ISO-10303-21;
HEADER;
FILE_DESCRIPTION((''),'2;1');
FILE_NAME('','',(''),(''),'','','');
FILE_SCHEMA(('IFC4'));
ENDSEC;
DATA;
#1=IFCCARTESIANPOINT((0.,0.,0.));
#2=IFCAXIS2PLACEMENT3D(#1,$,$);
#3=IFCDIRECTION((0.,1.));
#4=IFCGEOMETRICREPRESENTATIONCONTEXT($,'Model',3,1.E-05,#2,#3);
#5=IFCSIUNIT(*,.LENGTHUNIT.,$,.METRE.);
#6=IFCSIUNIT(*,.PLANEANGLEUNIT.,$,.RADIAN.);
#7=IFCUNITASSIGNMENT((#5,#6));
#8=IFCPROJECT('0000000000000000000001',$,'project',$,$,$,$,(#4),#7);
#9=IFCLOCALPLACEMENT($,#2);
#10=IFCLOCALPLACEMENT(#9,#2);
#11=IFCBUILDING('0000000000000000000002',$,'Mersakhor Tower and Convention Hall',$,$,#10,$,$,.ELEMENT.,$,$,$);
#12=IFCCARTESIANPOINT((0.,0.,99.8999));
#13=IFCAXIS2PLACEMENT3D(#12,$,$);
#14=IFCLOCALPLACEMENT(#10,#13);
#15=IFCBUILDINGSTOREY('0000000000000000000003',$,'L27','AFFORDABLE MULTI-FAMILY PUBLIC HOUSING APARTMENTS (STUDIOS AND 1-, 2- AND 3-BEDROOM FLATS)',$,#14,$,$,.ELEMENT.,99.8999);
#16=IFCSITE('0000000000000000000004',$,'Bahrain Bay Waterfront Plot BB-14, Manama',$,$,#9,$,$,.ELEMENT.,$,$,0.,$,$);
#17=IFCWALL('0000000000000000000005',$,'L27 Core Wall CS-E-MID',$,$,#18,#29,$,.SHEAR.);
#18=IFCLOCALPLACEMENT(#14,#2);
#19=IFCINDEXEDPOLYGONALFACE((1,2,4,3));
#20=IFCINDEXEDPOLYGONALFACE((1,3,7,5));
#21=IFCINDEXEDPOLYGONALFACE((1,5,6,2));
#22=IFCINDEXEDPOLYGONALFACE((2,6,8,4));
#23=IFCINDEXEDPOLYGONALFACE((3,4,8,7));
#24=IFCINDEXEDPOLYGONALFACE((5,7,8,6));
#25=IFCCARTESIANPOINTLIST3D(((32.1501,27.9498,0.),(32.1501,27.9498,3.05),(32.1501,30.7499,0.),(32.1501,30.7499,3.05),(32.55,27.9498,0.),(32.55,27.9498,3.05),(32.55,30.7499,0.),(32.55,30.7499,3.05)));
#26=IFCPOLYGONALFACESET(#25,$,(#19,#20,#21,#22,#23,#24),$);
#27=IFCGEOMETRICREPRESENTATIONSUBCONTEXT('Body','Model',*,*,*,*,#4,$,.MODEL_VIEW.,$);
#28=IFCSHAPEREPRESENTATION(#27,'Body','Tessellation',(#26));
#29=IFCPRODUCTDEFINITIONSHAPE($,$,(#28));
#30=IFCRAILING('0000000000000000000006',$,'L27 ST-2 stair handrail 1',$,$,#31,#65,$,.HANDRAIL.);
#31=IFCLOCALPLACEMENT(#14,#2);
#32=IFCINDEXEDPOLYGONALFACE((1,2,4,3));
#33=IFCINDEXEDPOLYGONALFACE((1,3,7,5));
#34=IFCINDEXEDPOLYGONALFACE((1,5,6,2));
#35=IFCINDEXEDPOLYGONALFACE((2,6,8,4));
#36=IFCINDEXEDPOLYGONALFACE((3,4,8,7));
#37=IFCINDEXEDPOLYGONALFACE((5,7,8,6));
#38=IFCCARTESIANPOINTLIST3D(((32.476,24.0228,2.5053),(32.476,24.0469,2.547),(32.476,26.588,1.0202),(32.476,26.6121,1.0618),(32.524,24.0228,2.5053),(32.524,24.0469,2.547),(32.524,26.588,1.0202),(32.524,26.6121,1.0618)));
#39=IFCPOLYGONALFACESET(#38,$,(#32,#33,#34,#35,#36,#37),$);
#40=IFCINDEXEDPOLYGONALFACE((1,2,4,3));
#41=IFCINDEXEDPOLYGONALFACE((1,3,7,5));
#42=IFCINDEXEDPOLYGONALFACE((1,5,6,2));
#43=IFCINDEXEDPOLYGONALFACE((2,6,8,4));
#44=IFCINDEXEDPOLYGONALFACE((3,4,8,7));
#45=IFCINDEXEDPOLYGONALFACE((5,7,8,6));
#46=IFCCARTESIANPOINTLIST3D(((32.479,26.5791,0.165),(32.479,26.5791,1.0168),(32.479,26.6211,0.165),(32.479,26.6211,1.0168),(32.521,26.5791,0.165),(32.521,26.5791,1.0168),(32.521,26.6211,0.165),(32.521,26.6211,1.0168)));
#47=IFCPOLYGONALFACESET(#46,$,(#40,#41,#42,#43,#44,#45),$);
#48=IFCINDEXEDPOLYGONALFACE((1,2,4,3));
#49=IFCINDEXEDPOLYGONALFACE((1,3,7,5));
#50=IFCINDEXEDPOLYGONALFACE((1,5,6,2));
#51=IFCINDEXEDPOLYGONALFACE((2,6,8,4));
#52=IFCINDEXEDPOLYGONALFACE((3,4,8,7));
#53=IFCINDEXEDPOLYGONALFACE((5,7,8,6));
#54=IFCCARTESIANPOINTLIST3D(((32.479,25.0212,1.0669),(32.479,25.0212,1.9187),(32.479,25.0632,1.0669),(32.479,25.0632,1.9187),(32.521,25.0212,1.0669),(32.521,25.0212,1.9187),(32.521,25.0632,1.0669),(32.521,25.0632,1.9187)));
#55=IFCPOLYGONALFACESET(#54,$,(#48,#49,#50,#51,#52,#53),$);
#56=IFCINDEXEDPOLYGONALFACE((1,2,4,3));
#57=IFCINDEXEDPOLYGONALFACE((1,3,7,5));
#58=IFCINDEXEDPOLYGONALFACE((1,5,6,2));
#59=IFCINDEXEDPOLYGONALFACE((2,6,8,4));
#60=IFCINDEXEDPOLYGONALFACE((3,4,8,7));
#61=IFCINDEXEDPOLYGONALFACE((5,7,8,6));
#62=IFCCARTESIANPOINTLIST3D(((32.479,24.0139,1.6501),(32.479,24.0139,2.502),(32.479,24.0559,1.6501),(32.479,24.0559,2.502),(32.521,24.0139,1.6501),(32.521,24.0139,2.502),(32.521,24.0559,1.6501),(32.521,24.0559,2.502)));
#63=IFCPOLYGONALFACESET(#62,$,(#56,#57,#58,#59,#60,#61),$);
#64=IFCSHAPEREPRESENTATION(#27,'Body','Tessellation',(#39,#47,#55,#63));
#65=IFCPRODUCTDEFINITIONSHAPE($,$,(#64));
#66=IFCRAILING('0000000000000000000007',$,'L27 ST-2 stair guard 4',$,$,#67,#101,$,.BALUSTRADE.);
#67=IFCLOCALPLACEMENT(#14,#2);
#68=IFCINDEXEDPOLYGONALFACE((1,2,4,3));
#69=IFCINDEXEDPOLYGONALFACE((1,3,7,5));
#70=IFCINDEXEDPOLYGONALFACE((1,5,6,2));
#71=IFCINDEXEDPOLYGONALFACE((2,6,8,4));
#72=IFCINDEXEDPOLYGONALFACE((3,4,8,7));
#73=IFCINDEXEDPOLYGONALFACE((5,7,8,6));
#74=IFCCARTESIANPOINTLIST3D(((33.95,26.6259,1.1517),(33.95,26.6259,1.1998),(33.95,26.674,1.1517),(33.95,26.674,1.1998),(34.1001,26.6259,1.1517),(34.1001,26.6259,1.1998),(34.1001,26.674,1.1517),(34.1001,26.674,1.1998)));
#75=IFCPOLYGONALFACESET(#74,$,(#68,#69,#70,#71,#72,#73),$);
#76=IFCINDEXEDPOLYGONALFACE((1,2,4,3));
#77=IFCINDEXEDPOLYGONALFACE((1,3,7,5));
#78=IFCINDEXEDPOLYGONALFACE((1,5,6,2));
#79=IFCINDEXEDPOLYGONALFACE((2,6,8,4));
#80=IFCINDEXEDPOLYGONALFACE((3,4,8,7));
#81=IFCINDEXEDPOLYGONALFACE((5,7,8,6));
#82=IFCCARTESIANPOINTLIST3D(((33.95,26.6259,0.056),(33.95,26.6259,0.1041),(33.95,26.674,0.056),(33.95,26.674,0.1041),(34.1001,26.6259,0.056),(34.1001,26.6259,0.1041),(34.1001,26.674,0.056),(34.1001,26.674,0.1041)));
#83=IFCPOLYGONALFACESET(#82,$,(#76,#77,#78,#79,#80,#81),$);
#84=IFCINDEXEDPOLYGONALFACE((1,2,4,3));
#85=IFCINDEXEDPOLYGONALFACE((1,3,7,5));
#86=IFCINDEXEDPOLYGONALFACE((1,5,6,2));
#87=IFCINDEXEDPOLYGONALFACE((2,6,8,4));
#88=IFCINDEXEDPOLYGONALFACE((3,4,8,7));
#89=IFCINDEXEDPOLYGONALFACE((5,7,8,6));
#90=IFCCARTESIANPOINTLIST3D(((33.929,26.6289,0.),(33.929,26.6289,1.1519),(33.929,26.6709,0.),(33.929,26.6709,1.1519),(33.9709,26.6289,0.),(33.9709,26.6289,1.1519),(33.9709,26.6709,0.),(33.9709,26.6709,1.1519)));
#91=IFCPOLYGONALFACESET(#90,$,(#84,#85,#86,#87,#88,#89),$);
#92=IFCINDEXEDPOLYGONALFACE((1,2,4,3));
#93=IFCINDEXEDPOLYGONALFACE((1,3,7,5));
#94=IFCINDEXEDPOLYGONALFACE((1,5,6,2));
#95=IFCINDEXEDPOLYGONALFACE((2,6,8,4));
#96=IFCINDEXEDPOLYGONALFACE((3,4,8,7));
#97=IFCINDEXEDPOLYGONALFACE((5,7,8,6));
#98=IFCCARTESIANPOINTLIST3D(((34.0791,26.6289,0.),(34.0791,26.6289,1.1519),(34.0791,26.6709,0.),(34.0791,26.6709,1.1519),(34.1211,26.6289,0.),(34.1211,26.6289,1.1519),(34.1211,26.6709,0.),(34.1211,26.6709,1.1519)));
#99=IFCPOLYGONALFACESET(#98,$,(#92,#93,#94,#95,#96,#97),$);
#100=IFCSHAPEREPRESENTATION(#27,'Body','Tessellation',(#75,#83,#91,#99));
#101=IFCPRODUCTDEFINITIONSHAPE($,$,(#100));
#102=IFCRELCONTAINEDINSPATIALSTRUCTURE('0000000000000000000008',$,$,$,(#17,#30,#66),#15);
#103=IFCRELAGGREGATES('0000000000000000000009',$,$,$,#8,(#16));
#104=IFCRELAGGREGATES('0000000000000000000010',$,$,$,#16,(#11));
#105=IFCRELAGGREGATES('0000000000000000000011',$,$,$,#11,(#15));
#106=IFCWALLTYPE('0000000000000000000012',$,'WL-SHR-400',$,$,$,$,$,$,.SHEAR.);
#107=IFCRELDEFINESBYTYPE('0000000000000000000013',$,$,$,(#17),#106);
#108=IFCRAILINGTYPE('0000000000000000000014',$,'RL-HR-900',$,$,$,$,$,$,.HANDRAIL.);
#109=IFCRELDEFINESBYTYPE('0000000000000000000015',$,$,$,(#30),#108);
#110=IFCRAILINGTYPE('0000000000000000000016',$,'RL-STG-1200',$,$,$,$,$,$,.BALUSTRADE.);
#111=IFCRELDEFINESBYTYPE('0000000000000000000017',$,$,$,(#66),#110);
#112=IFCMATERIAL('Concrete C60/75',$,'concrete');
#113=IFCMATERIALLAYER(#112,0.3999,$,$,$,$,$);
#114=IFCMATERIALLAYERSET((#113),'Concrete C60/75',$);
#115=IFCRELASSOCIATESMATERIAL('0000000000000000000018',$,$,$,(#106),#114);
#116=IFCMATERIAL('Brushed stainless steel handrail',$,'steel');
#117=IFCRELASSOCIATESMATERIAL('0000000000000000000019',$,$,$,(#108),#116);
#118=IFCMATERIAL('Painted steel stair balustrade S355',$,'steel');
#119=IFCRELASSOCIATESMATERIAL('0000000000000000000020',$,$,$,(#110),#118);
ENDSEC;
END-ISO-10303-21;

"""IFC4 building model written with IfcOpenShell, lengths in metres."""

from ifc_helpers import new_model, si_unit, direction, frame, frame_2d, origin, origin_2d, place, context, subcontext, project, spatial, rectangle, extrude, material, layer, layer_set, type_object, element, save


model = new_model("IFC4")

# Units and contexts
model_context = context("Model", 3, precision=1e-05, world=origin(), true_north=direction((0.0, 1.0)))
body_context = subcontext(model_context, "Body", "Model", "MODEL_VIEW")
ifc_project = project(units=[si_unit("LENGTHUNIT", "METRE"), si_unit("PLANEANGLEUNIT", "RADIAN")], contexts=[model_context])

# Site, building, storey
site_placement = place(None, origin())
site = spatial("IfcSite", under=ifc_project, at=site_placement, Name="Bahrain Bay Waterfront Plot BB-14, Manama", CompositionType="ELEMENT", RefElevation=0.0)
building_placement = place(site_placement, origin())
building = spatial("IfcBuilding", under=site, at=building_placement, Name="Mersakhor Tower and Convention Hall", CompositionType="ELEMENT")
storey_placement = place(building_placement, frame((0.0, 0.0, 99.8999)))
storey = spatial("IfcBuildingStorey", under=building, at=storey_placement, Name="L27", Description="AFFORDABLE MULTI-FAMILY PUBLIC HOUSING APARTMENTS (STUDIOS AND 1-, 2- AND 3-BEDROOM FLATS)", CompositionType="ELEMENT", Elevation=99.8999)

# Shared definitions
ifc_material_1 = material(Name="Concrete C60/75", Category="concrete")
ifc_layer_1 = layer(ifc_material_1, 0.3999)
ifc_layer_set_1 = layer_set([ifc_layer_1], Name="Concrete C60/75")
wall_type_1 = type_object("IfcWallType", Name="WL-SHR-400", PredefinedType="SHEAR", material=ifc_layer_set_1)

# Wall
wall_1_placement = place(storey_placement, frame((32.3501, 27.95, 0.0), z_axis=(0.0, 0.0, 1.0), x_axis=(0.0, 1.0, 0.0)))
element("IfcWall", 1, at=wall_1_placement, inside=storey, type_object=wall_type_1, Name="L27 Core Wall CS-E-MID", PredefinedType="SHEAR", context=body_context, shape_type="SweptSolid", body=[
    extrude(rectangle(XDim=2.8, YDim=0.3999, at=frame_2d((1.3999, 0.0))), origin(), (0.0, 0.0, 1.0), 3.05),
])

# Railings
ifc_material_2 = material(Name="Brushed stainless steel handrail", Category="steel")
railing_type_1 = type_object("IfcRailingType", Name="RL-HR-900", PredefinedType="HANDRAIL", material=ifc_material_2)
railing_1_placement = place(storey_placement, frame((32.5, 26.6001, 0.165)))
element("IfcRailing", 2, at=railing_1_placement, inside=storey, type_object=railing_type_1, Name="L27 ST-2 stair handrail 1", PredefinedType="HANDRAIL", context=body_context, shape_type="SweptSolid", body=[
    extrude(rectangle(XDim=0.0481, YDim=0.0481, at=origin_2d()), frame((0.0, 0.0, 0.876), z_axis=(0.0, -0.865426, 0.501036), x_axis=(1.0, 0.0, 0.0)), (0.0, 0.0, 1.0), 2.9641),
    extrude(rectangle(XDim=0.042, YDim=0.042, at=origin_2d()), origin(), (0.0, 0.0, 1.0), 0.8518),
    extrude(rectangle(XDim=0.042, YDim=0.042, at=origin_2d()), frame((0.0, -1.5579, 0.9019)), (0.0, 0.0, 1.0), 0.8518),
    extrude(rectangle(XDim=0.042, YDim=0.042, at=origin_2d()), frame((0.0, -2.5652, 1.4851)), (0.0, 0.0, 1.0), 0.8518),
])
ifc_material_3 = material(Name="Painted steel stair balustrade S355", Category="steel")
railing_type_2 = type_object("IfcRailingType", Name="RL-STG-1200", PredefinedType="BALUSTRADE", material=ifc_material_3)
railing_2_placement = place(storey_placement, frame((33.95, 26.6499, 0.0)))
element("IfcRailing", 3, at=railing_2_placement, inside=storey, type_object=railing_type_2, Name="L27 ST-2 stair guard 4", PredefinedType="BALUSTRADE", context=body_context, shape_type="SweptSolid", body=[
    extrude(rectangle(XDim=0.0481, YDim=0.0481, at=origin_2d()), frame((0.0, 0.0, 1.1758), z_axis=(1.0, 0.0, 0.0), x_axis=(0.0, 1.0, 0.0)), (0.0, 0.0, 1.0), 0.1501),
    extrude(rectangle(XDim=0.0481, YDim=0.0481, at=origin_2d()), frame((0.0, 0.0, 0.0801), z_axis=(1.0, 0.0, 0.0), x_axis=(0.0, 1.0, 0.0)), (0.0, 0.0, 1.0), 0.1501),
    extrude(rectangle(XDim=0.042, YDim=0.042, at=origin_2d()), origin(), (0.0, 0.0, 1.0), 1.1519),
    extrude(rectangle(XDim=0.042, YDim=0.042, at=origin_2d()), frame((0.1501, 0.0, 0.0)), (0.0, 0.0, 1.0), 1.1519),
])

save(model, "model.ifc")
